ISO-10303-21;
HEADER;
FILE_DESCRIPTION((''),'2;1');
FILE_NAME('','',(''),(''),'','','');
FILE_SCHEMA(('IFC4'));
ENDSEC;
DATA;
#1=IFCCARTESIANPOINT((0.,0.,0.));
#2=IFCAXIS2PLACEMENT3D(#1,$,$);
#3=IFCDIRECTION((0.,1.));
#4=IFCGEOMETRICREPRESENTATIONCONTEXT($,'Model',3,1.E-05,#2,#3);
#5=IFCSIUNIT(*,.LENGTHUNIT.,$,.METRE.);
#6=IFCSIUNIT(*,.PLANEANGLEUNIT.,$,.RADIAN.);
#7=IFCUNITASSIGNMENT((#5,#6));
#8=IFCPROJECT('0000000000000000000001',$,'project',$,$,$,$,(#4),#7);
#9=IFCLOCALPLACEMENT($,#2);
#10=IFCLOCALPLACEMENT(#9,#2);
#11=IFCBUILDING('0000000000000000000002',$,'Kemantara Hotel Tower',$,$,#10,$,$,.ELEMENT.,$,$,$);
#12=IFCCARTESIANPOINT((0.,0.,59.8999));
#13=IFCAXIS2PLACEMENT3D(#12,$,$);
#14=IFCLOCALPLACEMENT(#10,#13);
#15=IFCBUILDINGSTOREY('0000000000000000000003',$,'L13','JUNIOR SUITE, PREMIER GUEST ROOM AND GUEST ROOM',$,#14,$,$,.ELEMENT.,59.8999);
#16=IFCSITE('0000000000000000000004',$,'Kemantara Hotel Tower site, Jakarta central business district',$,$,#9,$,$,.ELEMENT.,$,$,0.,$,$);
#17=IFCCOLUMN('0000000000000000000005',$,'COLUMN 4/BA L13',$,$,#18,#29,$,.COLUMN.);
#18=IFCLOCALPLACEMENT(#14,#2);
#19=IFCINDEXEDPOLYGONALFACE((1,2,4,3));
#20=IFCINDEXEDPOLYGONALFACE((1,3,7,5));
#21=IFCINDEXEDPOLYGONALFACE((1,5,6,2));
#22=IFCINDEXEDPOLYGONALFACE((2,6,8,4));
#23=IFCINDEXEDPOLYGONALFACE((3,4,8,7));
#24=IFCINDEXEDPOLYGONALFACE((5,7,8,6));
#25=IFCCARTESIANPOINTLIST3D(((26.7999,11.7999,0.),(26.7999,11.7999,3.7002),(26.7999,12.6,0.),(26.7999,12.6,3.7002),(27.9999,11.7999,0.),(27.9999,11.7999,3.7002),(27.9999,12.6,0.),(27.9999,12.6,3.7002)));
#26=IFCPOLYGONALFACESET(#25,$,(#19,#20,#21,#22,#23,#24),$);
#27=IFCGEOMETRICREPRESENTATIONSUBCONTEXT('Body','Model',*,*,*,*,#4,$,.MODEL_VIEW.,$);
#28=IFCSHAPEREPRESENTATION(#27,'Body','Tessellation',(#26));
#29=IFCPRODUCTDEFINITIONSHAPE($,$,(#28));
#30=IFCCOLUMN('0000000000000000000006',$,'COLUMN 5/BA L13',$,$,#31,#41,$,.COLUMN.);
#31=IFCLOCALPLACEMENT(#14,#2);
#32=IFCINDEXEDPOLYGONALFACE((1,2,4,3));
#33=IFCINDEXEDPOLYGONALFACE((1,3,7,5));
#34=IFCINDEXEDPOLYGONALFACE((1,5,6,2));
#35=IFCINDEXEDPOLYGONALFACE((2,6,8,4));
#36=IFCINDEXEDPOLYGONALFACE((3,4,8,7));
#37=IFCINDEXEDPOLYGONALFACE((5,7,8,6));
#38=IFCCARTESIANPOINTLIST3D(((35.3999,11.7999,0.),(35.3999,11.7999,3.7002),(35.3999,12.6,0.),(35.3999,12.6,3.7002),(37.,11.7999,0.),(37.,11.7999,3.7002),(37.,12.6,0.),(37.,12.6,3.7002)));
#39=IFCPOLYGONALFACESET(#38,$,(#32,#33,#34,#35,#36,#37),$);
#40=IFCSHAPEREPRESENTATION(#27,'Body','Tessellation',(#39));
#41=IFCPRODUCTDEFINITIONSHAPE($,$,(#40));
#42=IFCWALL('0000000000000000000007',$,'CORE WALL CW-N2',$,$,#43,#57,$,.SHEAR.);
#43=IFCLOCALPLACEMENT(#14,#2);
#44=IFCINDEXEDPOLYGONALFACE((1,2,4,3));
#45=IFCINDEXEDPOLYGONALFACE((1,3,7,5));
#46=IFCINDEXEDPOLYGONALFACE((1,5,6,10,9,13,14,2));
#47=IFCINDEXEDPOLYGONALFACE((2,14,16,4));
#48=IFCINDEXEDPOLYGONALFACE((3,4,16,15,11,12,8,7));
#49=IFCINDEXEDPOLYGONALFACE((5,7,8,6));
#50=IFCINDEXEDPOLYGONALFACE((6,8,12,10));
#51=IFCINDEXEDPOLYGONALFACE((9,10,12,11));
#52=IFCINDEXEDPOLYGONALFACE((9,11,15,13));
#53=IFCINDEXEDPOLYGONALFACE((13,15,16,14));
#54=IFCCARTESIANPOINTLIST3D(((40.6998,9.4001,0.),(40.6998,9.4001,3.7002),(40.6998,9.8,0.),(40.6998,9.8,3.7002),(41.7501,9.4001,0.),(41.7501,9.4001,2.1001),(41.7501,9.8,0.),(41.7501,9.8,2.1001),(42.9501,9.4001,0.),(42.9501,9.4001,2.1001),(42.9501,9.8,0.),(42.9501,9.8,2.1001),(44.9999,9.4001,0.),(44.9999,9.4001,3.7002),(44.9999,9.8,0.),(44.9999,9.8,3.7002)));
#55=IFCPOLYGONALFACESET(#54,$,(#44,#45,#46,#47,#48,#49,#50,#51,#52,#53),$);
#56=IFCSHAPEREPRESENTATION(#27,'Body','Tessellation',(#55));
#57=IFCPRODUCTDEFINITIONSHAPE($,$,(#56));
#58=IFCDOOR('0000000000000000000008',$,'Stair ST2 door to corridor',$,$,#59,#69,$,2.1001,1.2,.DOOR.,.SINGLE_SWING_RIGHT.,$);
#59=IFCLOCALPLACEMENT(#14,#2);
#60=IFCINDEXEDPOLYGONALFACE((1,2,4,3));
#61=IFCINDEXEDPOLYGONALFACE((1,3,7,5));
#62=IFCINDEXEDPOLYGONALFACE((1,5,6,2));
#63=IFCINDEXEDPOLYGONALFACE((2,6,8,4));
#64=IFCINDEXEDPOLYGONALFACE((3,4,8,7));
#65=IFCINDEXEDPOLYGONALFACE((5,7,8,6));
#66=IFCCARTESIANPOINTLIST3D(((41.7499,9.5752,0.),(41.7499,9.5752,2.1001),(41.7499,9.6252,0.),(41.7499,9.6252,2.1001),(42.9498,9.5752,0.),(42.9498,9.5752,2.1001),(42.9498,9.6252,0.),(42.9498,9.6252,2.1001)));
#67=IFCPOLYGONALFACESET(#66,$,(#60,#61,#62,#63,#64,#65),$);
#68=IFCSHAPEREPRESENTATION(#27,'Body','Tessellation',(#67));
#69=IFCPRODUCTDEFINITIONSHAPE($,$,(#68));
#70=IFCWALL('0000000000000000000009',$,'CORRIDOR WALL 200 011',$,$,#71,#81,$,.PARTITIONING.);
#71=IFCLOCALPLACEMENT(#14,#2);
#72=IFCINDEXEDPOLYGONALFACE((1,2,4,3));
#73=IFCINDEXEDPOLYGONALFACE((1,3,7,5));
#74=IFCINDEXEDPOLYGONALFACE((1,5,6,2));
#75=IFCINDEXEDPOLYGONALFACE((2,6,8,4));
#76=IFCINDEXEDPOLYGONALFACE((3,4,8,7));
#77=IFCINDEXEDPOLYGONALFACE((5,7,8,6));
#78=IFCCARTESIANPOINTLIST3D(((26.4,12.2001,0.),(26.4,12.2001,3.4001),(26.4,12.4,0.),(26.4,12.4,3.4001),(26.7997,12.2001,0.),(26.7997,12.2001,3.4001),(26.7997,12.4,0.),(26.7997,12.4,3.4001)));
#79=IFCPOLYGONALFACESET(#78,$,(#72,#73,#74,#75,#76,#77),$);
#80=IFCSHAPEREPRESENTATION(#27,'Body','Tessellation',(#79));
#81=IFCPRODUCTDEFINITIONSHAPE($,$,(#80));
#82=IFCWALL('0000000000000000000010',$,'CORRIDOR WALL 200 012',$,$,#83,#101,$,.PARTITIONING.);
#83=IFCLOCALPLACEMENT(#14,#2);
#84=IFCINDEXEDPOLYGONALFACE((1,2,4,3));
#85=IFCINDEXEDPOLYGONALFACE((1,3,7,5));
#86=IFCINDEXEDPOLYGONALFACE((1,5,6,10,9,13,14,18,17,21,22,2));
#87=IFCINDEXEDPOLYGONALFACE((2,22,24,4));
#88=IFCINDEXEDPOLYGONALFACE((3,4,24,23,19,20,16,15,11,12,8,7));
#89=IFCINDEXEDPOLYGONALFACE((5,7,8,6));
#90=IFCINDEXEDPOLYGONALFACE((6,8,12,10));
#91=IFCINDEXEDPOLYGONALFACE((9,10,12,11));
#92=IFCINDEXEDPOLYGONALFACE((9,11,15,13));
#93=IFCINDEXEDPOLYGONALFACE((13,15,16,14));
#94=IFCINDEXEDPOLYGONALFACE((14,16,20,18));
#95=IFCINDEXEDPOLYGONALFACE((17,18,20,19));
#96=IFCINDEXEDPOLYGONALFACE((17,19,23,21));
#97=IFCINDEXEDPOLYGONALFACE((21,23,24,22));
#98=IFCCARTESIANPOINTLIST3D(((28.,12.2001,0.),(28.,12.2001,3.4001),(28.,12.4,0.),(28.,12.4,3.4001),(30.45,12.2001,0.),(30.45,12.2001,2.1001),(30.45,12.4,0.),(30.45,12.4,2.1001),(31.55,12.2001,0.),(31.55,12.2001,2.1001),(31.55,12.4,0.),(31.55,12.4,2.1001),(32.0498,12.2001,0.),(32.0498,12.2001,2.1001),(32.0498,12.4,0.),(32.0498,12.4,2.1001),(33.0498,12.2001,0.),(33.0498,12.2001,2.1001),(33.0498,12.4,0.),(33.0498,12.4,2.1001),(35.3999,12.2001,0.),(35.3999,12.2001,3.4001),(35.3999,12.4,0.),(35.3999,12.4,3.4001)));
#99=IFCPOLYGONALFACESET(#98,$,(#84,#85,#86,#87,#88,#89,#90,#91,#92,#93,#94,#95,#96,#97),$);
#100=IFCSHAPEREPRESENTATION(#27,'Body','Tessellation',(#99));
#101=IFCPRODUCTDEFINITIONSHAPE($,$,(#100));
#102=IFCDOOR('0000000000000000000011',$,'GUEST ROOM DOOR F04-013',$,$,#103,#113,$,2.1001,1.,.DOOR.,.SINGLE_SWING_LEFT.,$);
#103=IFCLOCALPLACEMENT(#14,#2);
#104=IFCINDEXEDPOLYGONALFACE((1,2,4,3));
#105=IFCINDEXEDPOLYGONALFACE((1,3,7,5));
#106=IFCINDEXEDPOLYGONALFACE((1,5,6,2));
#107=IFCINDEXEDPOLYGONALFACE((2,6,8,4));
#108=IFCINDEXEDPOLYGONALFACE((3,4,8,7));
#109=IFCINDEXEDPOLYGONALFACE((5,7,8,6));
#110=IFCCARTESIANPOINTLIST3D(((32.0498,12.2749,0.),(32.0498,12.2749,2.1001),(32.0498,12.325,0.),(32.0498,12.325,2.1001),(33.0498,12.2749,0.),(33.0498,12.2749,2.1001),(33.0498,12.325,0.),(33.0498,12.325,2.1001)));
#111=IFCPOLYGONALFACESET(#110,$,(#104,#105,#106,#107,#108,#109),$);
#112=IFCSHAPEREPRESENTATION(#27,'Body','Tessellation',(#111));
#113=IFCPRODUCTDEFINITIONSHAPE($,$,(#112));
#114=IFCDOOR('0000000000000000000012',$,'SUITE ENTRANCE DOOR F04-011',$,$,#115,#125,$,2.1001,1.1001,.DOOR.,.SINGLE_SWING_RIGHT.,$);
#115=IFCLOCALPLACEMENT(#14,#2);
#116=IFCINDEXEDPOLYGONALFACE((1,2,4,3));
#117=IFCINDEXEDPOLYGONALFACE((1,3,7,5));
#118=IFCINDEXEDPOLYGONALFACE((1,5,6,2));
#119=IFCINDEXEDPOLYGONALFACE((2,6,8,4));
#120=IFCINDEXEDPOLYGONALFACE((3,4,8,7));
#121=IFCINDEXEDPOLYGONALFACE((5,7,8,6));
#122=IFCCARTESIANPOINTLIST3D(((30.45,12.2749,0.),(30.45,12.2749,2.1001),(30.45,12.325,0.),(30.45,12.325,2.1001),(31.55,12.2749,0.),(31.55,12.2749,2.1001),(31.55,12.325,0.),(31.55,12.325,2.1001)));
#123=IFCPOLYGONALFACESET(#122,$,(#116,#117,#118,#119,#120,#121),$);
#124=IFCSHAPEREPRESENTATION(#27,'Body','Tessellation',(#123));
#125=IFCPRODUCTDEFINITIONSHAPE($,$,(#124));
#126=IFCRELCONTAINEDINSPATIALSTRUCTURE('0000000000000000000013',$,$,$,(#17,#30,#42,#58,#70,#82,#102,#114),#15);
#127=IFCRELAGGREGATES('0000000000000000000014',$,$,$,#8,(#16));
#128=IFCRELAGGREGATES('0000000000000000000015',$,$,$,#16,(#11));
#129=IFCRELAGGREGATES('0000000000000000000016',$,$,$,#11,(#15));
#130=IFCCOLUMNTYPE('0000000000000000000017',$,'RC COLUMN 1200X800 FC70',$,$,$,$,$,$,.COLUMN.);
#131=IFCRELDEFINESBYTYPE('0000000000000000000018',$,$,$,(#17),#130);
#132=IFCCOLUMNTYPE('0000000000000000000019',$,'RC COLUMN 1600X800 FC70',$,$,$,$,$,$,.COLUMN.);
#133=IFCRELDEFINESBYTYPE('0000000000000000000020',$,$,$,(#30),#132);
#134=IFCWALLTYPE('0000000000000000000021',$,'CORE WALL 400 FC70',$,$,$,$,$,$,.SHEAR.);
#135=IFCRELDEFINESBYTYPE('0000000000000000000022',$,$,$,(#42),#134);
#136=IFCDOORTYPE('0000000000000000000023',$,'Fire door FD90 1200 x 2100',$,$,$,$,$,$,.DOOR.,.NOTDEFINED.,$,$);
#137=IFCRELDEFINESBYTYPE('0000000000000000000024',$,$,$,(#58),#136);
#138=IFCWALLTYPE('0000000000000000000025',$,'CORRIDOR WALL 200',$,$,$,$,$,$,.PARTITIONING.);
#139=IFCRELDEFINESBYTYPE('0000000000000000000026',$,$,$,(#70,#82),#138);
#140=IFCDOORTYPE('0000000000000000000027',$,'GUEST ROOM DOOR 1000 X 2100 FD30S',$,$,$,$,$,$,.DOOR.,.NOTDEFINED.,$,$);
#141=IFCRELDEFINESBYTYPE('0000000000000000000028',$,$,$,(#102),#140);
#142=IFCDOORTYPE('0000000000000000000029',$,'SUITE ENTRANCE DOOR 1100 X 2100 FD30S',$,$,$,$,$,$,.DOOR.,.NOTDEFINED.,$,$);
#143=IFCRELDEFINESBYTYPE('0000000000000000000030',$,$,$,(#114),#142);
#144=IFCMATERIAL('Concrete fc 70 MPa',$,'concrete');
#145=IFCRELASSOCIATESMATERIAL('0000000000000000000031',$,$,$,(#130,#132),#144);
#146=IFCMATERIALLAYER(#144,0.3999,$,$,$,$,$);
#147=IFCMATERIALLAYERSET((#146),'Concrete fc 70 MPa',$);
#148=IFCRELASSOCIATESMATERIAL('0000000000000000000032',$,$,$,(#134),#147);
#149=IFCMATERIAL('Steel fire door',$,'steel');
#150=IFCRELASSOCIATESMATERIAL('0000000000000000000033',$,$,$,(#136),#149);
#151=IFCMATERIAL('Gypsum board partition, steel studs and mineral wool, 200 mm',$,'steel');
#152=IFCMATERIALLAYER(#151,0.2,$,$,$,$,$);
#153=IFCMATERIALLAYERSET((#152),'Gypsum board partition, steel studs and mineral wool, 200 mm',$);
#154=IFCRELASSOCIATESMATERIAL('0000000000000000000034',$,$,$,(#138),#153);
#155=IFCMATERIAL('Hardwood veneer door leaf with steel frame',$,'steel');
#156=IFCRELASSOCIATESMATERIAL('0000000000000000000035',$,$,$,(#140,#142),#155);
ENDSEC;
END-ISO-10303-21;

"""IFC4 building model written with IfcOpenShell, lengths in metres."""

from ifc_helpers import new_model, si_unit, direction, frame, frame_2d, origin, origin_2d, place, context, subcontext, project, spatial, rectangle, extrude, material, layer, layer_set, material_profile, profile_set, type_object, element, fill, save


model = new_model("IFC4")

# Units and contexts
model_context = context("Model", 3, precision=1e-05, world=origin(), true_north=direction((0.0, 1.0)))
body_context = subcontext(model_context, "Body", "Model", "MODEL_VIEW")
ifc_project = project(units=[si_unit("LENGTHUNIT", "METRE"), si_unit("PLANEANGLEUNIT", "RADIAN")], contexts=[model_context])

# Site, building, storey
site_placement = place(None, origin())
site = spatial("IfcSite", under=ifc_project, at=site_placement, Name="Kemantara Hotel Tower site, Jakarta central business district", CompositionType="ELEMENT", RefElevation=0.0)
building_placement = place(site_placement, origin())
building = spatial("IfcBuilding", under=site, at=building_placement, Name="Kemantara Hotel Tower", CompositionType="ELEMENT")
storey_placement = place(building_placement, frame((0.0, 0.0, 59.8999)))
storey = spatial("IfcBuildingStorey", under=building, at=storey_placement, Name="L13", Description="JUNIOR SUITE, PREMIER GUEST ROOM AND GUEST ROOM", CompositionType="ELEMENT", Elevation=59.8999)

# Columns
ifc_material_1 = material(Name="Concrete fc 70 MPa", Category="concrete")
ifc_material_profile_1 = material_profile(ifc_material_1, rectangle(XDim=1.2, YDim=0.8, at=origin_2d()), Name="RC 1200X800")
ifc_profile_set_1 = profile_set([ifc_material_profile_1], Name="Concrete fc 70 MPa")
column_type_1 = type_object("IfcColumnType", Name="RC COLUMN 1200X800 FC70", PredefinedType="COLUMN", material=ifc_profile_set_1)
column_1_placement = place(storey_placement, frame((27.3999, 12.2, 0.0), z_axis=(0.0, 0.0, 1.0), x_axis=(1.0, 0.0, 0.0)))
element("IfcColumn", 1, at=column_1_placement, inside=storey, type_object=column_type_1, Name="COLUMN 4/BA L13", PredefinedType="COLUMN", context=body_context, shape_type="SweptSolid", body=[
    extrude(rectangle(XDim=1.2, YDim=0.8, at=origin_2d()), origin(), (0.0, 0.0, 1.0), 3.7002),
])
ifc_material_profile_2 = material_profile(ifc_material_1, rectangle(XDim=1.6001, YDim=0.8, at=origin_2d()), Name="RC 1600X800")
ifc_profile_set_2 = profile_set([ifc_material_profile_2], Name="Concrete fc 70 MPa")
column_type_2 = type_object("IfcColumnType", Name="RC COLUMN 1600X800 FC70", PredefinedType="COLUMN", material=ifc_profile_set_2)
column_2_placement = place(storey_placement, frame((36.2, 12.2, 0.0), z_axis=(0.0, 0.0, 1.0), x_axis=(1.0, 0.0, 0.0)))
element("IfcColumn", 2, at=column_2_placement, inside=storey, type_object=column_type_2, Name="COLUMN 5/BA L13", PredefinedType="COLUMN", context=body_context, shape_type="SweptSolid", body=[
    extrude(rectangle(XDim=1.6001, YDim=0.8, at=origin_2d()), origin(), (0.0, 0.0, 1.0), 3.7002),
])

# Wall, opening, door
ifc_layer_1 = layer(ifc_material_1, 0.3999)
ifc_layer_set_1 = layer_set([ifc_layer_1], Name="Concrete fc 70 MPa")
wall_type_1 = type_object("IfcWallType", Name="CORE WALL 400 FC70", PredefinedType="SHEAR", material=ifc_layer_set_1)
wall_1_placement = place(storey_placement, frame((40.7, 9.6001, 0.0), z_axis=(0.0, 0.0, 1.0), x_axis=(1.0, 0.0, 0.0)))
wall_1 = element("IfcWall", 3, at=wall_1_placement, inside=storey, type_object=wall_type_1, Name="CORE WALL CW-N2", PredefinedType="SHEAR", context=body_context, shape_type="SweptSolid", body=[
    extrude(rectangle(XDim=4.3, YDim=0.3999, at=frame_2d((2.1499, 0.0))), origin(), (0.0, 0.0, 1.0), 3.7002),
])
opening_1_placement = place(wall_1_placement, frame((1.05, 0.0, 0.0)))
opening_1 = element("IfcOpeningElement", 4, at=opening_1_placement, cuts=wall_1, PredefinedType="OPENING", context=body_context, shape_type="SweptSolid", body=[
    extrude(rectangle(XDim=1.2, YDim=2.1001, at=frame_2d((0.6001, 1.05))), frame((0.0, 0.21, 0.0), z_axis=(0.0, -1.0, 0.0), x_axis=(1.0, 0.0, 0.0)), (0.0, 0.0, 1.0), 0.4199),
])
ifc_material_2 = material(Name="Steel fire door", Category="steel")
door_type_1 = type_object("IfcDoorType", Name="Fire door FD90 1200 x 2100", OperationType="NOTDEFINED", PredefinedType="DOOR", material=ifc_material_2)
door_1_placement = place(opening_1_placement, frame((1.2, 0.0, 0.0), z_axis=(0.0, 0.0, 1.0), x_axis=(-1.0, 0.0, 0.0)))
door_1 = element("IfcDoor", 5, at=door_1_placement, inside=storey, type_object=door_type_1, Name="Stair ST2 door to corridor", OperationType="SINGLE_SWING_RIGHT", OverallHeight=2.1001, OverallWidth=1.2, PredefinedType="DOOR", context=body_context, shape_type="SweptSolid", body=[
    extrude(rectangle(XDim=1.2, YDim=2.1001, at=frame_2d((0.6001, 1.05))), frame((0.0, 0.0249, 0.0), z_axis=(0.0, -1.0, 0.0), x_axis=(1.0, 0.0, 0.0)), (0.0, 0.0, 1.0), 0.05),
])
fill(opening_1, door_1)

# Wall
ifc_material_3 = material(Name="Gypsum board partition, steel studs and mineral wool, 200 mm", Category="steel")
ifc_layer_2 = layer(ifc_material_3, 0.2)
ifc_layer_set_2 = layer_set([ifc_layer_2], Name="Gypsum board partition, steel studs and mineral wool, 200 mm")
wall_type_2 = type_object("IfcWallType", Name="CORRIDOR WALL 200", PredefinedType="PARTITIONING", material=ifc_layer_set_2)
wall_2_placement = place(storey_placement, frame((26.4001, 12.3, 0.0), z_axis=(0.0, 0.0, 1.0), x_axis=(1.0, 0.0, 0.0)))
element("IfcWall", 6, at=wall_2_placement, inside=storey, type_object=wall_type_2, Name="CORRIDOR WALL 200 011", PredefinedType="PARTITIONING", context=body_context, shape_type="SweptSolid", body=[
    extrude(rectangle(XDim=0.3997, YDim=0.2, at=frame_2d((0.1997, 0.0))), origin(), (0.0, 0.0, 1.0), 3.4001),
])

# Wall, openings, doors
wall_3_placement = place(storey_placement, frame((28.0, 12.3, 0.0), z_axis=(0.0, 0.0, 1.0), x_axis=(1.0, 0.0, 0.0)))
wall_3 = element("IfcWall", 7, at=wall_3_placement, inside=storey, type_object=wall_type_2, Name="CORRIDOR WALL 200 012", PredefinedType="PARTITIONING", context=body_context, shape_type="SweptSolid", body=[
    extrude(rectangle(XDim=7.3999, YDim=0.2, at=frame_2d((3.7, 0.0))), origin(), (0.0, 0.0, 1.0), 3.4001),
])
opening_2_placement = place(wall_3_placement, frame((2.45, 0.0, 0.0)))
opening_2 = element("IfcOpeningElement", 8, at=opening_2_placement, cuts=wall_3, PredefinedType="OPENING", context=body_context, shape_type="SweptSolid", body=[
    extrude(rectangle(XDim=1.1001, YDim=2.1001, at=frame_2d((0.55, 1.05))), frame((0.0, 0.1099, 0.0), z_axis=(0.0, -1.0, 0.0), x_axis=(1.0, 0.0, 0.0)), (0.0, 0.0, 1.0), 0.22),
])
opening_3_placement = place(wall_3_placement, frame((4.0498, 0.0, 0.0)))
opening_3 = element("IfcOpeningElement", 9, at=opening_3_placement, cuts=wall_3, PredefinedType="OPENING", context=body_context, shape_type="SweptSolid", body=[
    extrude(rectangle(XDim=1.0, YDim=2.1001, at=frame_2d((0.5, 1.05))), frame((0.0, 0.1099, 0.0), z_axis=(0.0, -1.0, 0.0), x_axis=(1.0, 0.0, 0.0)), (0.0, 0.0, 1.0), 0.22),
])
ifc_material_4 = material(Name="Hardwood veneer door leaf with steel frame", Category="steel")
door_type_2 = type_object("IfcDoorType", Name="GUEST ROOM DOOR 1000 X 2100 FD30S", OperationType="NOTDEFINED", PredefinedType="DOOR", material=ifc_material_4)
door_2_placement = place(opening_3_placement, origin())
door_2 = element("IfcDoor", 10, at=door_2_placement, inside=storey, type_object=door_type_2, Name="GUEST ROOM DOOR F04-013", OperationType="SINGLE_SWING_LEFT", OverallHeight=2.1001, OverallWidth=1.0, PredefinedType="DOOR", context=body_context, shape_type="SweptSolid", body=[
    extrude(rectangle(XDim=1.0, YDim=2.1001, at=frame_2d((0.5, 1.05))), frame((0.0, 0.0249, 0.0), z_axis=(0.0, -1.0, 0.0), x_axis=(1.0, 0.0, 0.0)), (0.0, 0.0, 1.0), 0.05),
])
fill(opening_3, door_2)
door_type_3 = type_object("IfcDoorType", Name="SUITE ENTRANCE DOOR 1100 X 2100 FD30S", OperationType="NOTDEFINED", PredefinedType="DOOR", material=ifc_material_4)
door_3_placement = place(opening_2_placement, origin())
door_3 = element("IfcDoor", 11, at=door_3_placement, inside=storey, type_object=door_type_3, Name="SUITE ENTRANCE DOOR F04-011", OperationType="SINGLE_SWING_RIGHT", OverallHeight=2.1001, OverallWidth=1.1001, PredefinedType="DOOR", context=body_context, shape_type="SweptSolid", body=[
    extrude(rectangle(XDim=1.1001, YDim=2.1001, at=frame_2d((0.55, 1.05))), frame((0.0, 0.0249, 0.0), z_axis=(0.0, -1.0, 0.0), x_axis=(1.0, 0.0, 0.0)), (0.0, 0.0, 1.0), 0.05),
])
fill(opening_2, door_3)

save(model, "model.ifc")
